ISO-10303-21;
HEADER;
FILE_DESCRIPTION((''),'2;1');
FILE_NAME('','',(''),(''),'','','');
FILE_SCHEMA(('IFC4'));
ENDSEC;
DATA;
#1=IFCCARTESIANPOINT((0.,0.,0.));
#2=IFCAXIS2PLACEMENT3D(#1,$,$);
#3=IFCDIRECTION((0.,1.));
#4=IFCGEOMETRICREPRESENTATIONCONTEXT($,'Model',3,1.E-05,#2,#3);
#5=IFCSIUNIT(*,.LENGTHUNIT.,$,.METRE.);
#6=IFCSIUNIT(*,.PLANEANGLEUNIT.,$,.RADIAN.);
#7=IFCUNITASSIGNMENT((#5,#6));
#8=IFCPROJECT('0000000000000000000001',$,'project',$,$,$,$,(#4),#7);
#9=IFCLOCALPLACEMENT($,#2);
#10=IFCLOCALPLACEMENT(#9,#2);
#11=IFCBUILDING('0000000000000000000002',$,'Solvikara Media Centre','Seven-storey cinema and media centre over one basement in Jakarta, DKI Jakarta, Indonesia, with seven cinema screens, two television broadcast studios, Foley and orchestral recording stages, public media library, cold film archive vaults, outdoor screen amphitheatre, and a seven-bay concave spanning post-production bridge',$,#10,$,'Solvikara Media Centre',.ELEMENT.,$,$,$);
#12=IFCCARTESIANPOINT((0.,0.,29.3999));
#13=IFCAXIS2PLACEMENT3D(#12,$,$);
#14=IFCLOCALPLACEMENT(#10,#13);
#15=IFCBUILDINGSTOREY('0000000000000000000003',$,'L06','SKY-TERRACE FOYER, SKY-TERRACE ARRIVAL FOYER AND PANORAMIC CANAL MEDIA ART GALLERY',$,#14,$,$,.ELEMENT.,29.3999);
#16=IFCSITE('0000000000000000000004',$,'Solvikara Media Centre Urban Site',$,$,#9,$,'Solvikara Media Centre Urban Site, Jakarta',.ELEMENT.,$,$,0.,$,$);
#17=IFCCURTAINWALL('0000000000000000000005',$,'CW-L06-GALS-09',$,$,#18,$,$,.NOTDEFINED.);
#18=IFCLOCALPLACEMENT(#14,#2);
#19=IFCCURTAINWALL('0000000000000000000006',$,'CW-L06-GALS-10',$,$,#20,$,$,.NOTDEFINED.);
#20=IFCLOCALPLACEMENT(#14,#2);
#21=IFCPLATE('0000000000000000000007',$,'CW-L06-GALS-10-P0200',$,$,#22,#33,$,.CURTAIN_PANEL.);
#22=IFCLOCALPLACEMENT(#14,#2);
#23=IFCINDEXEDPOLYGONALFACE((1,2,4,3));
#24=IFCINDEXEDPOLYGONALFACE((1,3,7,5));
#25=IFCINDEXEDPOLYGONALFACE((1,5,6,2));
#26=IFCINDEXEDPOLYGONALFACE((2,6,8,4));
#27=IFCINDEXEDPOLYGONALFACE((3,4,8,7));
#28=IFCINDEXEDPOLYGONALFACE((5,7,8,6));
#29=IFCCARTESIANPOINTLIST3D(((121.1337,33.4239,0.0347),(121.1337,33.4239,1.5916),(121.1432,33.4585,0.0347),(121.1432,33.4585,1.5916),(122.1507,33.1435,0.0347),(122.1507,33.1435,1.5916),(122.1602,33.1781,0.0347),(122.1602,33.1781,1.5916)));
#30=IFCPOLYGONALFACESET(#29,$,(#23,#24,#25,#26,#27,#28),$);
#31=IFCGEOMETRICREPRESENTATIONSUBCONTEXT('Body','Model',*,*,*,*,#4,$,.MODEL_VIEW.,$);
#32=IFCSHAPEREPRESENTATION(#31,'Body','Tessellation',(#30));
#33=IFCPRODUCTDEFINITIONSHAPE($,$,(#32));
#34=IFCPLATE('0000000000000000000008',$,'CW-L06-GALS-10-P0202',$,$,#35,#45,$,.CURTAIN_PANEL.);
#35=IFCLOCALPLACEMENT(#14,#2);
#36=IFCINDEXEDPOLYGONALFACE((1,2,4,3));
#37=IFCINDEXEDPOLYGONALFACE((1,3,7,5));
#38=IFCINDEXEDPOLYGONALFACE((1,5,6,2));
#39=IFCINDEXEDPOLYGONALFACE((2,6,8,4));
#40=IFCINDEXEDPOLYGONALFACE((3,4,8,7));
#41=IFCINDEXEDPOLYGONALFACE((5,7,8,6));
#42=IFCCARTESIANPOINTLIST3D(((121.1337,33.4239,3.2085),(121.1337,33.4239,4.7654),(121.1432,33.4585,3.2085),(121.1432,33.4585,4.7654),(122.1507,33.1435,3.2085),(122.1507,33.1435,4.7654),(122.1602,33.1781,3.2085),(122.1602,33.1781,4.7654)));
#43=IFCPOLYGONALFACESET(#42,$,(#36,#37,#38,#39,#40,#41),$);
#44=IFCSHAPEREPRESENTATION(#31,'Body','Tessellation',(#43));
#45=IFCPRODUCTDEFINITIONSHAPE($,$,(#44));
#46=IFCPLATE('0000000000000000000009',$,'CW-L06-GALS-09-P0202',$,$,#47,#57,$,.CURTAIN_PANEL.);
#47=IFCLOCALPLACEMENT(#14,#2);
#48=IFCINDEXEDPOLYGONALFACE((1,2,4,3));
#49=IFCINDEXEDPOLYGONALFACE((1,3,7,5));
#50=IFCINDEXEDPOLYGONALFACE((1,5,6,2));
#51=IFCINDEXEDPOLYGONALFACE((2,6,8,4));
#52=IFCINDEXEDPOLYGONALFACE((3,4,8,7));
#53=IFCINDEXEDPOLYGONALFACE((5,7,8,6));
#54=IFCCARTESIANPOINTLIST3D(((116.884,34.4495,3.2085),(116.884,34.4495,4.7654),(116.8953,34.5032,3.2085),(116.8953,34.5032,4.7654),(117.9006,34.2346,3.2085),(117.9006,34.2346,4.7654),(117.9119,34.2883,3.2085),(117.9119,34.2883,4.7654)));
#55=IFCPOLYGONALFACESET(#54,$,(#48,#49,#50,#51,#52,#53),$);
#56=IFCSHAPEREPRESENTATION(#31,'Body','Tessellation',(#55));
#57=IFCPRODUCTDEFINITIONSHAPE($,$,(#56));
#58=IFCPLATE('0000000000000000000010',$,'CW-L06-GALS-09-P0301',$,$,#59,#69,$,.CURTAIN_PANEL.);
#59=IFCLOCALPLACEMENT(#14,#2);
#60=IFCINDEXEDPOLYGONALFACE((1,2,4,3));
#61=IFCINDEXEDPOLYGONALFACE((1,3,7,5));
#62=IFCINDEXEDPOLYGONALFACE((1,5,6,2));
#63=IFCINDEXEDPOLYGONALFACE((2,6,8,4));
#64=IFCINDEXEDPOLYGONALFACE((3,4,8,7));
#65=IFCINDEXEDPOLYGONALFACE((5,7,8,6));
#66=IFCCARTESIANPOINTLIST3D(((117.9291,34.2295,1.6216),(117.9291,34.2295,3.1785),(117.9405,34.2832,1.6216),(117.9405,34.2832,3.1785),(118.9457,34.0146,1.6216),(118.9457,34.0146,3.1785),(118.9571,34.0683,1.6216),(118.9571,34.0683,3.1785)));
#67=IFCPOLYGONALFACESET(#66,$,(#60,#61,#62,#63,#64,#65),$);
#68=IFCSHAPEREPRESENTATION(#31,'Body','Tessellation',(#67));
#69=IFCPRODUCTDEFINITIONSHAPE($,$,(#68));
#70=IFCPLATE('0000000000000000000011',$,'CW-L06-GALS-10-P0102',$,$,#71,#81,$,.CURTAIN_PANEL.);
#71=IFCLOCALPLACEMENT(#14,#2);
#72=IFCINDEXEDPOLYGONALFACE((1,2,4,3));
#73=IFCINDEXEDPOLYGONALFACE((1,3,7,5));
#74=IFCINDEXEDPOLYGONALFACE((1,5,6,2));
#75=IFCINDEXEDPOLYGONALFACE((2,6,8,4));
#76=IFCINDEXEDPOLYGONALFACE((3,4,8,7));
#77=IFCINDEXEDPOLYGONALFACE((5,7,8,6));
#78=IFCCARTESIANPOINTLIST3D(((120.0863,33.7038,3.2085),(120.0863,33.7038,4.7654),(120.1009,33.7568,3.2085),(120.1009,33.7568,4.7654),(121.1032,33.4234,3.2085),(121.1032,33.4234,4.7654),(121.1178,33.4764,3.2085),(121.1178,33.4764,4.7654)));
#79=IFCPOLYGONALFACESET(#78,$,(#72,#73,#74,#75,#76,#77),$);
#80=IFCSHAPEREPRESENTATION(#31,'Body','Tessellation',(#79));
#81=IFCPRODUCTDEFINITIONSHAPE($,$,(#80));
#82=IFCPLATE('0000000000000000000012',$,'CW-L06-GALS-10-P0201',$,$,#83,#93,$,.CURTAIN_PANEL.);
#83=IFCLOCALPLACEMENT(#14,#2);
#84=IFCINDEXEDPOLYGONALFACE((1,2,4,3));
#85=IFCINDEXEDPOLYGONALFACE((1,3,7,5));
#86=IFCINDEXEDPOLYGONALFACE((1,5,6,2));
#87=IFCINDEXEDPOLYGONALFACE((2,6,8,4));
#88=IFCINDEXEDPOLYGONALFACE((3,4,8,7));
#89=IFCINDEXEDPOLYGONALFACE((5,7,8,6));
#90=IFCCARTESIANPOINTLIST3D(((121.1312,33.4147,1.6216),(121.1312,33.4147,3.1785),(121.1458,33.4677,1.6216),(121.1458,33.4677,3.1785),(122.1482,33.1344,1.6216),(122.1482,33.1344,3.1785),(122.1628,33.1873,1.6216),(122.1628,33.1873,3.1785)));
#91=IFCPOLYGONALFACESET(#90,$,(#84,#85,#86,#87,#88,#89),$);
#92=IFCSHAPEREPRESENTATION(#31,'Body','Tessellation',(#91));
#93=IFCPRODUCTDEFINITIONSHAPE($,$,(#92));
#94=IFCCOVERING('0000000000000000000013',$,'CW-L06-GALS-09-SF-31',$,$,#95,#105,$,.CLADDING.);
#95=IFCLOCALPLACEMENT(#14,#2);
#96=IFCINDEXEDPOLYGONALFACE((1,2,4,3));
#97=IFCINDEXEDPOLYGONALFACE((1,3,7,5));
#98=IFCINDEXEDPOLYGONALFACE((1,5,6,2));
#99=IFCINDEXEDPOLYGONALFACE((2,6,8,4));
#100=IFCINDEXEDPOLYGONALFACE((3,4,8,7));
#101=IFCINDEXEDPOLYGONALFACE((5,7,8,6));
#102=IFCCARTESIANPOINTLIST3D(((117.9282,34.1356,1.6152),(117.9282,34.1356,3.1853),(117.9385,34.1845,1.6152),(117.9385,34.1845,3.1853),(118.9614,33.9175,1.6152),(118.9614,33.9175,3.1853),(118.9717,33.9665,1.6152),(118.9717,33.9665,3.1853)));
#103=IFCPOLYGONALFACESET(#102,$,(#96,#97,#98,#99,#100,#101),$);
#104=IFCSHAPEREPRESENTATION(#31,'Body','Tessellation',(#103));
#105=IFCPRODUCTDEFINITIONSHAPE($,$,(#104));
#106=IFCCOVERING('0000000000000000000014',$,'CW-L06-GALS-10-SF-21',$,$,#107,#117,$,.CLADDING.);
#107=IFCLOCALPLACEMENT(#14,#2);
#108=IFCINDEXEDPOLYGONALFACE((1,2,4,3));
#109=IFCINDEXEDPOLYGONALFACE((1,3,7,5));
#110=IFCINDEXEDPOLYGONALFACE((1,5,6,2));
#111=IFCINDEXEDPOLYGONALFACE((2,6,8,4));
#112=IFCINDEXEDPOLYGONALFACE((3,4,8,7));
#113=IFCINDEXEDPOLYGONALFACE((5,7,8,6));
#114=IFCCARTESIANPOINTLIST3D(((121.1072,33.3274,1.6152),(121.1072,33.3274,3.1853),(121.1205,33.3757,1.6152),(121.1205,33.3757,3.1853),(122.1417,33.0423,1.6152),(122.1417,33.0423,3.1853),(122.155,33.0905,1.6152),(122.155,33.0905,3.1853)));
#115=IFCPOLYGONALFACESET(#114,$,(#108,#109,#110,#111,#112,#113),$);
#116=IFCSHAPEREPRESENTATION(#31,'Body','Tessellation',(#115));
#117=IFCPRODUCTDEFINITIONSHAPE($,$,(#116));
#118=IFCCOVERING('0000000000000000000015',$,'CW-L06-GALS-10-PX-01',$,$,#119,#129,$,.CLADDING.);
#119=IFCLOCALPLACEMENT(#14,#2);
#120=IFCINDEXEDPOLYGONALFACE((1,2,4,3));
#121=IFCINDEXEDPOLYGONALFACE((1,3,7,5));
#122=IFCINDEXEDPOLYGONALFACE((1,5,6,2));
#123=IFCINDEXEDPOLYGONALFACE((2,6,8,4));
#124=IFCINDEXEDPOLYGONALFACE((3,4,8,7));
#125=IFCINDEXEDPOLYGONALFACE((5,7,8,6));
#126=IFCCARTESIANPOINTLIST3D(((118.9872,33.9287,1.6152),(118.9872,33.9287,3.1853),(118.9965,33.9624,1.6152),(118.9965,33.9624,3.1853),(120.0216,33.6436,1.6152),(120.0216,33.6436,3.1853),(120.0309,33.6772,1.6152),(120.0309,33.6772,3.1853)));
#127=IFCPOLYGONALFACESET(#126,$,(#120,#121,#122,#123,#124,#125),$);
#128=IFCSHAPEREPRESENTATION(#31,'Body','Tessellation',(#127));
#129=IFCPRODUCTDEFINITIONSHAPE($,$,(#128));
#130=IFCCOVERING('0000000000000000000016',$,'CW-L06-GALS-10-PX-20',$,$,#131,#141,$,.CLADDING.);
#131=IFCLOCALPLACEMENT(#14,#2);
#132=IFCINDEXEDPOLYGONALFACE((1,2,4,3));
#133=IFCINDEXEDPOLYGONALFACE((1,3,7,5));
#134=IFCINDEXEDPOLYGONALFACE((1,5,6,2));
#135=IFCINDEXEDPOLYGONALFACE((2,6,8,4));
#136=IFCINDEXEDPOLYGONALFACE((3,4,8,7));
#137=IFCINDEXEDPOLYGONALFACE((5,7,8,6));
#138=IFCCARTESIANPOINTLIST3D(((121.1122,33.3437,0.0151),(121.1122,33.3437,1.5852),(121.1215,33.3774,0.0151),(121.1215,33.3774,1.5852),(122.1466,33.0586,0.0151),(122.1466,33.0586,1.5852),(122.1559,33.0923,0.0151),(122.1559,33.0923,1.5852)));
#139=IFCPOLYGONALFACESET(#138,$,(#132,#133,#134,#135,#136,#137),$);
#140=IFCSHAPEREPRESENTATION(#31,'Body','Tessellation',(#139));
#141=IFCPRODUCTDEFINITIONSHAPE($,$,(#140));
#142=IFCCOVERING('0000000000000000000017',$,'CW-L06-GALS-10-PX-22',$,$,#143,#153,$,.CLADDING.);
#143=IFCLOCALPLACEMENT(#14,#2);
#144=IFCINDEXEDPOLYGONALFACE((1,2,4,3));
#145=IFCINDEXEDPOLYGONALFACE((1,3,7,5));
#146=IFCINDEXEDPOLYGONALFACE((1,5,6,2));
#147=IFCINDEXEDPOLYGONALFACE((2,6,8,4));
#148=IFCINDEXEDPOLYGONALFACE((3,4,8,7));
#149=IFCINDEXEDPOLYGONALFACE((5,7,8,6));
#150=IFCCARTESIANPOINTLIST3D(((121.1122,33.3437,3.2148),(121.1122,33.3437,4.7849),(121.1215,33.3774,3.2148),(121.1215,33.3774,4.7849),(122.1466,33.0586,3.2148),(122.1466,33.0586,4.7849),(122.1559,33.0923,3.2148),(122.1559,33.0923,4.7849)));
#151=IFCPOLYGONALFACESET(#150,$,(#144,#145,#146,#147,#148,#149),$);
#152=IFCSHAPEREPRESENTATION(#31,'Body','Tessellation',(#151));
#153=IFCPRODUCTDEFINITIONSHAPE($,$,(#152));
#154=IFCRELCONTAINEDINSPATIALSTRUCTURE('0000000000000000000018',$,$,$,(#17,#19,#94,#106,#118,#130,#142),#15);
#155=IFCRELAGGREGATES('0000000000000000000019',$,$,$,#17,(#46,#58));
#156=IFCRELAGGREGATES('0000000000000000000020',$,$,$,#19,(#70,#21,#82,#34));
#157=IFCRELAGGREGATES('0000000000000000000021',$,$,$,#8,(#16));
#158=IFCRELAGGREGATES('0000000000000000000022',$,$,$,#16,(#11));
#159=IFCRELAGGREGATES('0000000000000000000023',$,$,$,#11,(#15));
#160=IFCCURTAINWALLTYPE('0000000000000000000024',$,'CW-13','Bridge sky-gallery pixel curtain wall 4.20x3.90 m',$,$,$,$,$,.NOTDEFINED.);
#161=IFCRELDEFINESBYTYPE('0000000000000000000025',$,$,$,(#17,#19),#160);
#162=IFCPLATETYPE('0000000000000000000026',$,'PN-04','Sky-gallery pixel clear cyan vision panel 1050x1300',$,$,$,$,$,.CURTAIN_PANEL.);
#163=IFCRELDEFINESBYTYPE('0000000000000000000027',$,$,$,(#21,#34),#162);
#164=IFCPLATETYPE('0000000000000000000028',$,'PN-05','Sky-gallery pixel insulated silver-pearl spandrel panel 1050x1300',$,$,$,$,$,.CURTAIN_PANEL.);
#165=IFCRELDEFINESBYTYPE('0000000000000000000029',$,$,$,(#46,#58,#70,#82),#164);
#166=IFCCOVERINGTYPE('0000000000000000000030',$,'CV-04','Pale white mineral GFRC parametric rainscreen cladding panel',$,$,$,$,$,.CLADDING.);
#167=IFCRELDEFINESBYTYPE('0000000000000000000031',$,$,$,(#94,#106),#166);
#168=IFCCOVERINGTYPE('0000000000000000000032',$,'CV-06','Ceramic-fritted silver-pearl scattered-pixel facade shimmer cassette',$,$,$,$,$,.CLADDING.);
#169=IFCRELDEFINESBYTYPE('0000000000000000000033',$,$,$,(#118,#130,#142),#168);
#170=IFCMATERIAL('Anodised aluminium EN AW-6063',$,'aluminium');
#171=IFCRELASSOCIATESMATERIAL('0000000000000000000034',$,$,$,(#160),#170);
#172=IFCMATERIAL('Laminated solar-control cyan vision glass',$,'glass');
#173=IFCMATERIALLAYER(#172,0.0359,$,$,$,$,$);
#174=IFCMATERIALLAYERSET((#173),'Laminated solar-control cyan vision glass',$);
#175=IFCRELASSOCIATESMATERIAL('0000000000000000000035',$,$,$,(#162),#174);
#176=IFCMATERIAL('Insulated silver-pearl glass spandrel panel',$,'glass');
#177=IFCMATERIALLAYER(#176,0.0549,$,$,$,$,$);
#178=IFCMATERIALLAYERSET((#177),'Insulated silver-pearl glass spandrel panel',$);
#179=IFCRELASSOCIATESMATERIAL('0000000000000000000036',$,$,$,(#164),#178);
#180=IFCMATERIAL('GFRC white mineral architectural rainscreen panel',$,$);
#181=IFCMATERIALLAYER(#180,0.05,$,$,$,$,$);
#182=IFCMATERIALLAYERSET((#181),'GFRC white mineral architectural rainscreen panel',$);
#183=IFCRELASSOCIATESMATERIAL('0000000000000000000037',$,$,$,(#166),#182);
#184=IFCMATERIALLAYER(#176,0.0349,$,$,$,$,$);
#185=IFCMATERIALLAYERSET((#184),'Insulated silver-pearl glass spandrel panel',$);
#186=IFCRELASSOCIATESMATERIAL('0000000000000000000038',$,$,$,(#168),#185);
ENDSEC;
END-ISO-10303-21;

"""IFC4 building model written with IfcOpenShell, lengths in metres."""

from ifc_helpers import new_model, si_unit, direction, frame, origin, origin_2d, place, context, subcontext, project, spatial, rectangle, extrude, material, layer, layer_set, type_object, element, aggregate, save


model = new_model("IFC4")

# Units and contexts
model_context = context("Model", 3, precision=1e-05, world=origin(), true_north=direction((0.0, 1.0)))
body_context = subcontext(model_context, "Body", "Model", "MODEL_VIEW")
ifc_project = project(units=[si_unit("LENGTHUNIT", "METRE"), si_unit("PLANEANGLEUNIT", "RADIAN")], contexts=[model_context])

# Site, building, storey
site_placement = place(None, origin())
site = spatial("IfcSite", under=ifc_project, at=site_placement, Name="Solvikara Media Centre Urban Site", LongName="Solvikara Media Centre Urban Site, Jakarta", CompositionType="ELEMENT", RefElevation=0.0)
building_placement = place(site_placement, origin())
building = spatial("IfcBuilding", under=site, at=building_placement, Name="Solvikara Media Centre", Description="Seven-storey cinema and media centre over one basement in Jakarta, DKI Jakarta, Indonesia, with seven cinema screens, two television broadcast studios, Foley and orchestral recording stages, public media library, cold film archive vaults, outdoor screen amphitheatre, and a seven-bay concave spanning post-production bridge", LongName="Solvikara Media Centre", CompositionType="ELEMENT")
storey_placement = place(building_placement, frame((0.0, 0.0, 29.3999)))
storey = spatial("IfcBuildingStorey", under=building, at=storey_placement, Name="L06", Description="SKY-TERRACE FOYER, SKY-TERRACE ARRIVAL FOYER AND PANORAMIC CANAL MEDIA ART GALLERY", CompositionType="ELEMENT", Elevation=29.3999)

# Curtain walls
ifc_material_1 = material(Name="Anodised aluminium EN AW-6063", Category="aluminium")
curtain_wall_type = type_object("IfcCurtainWallType", Name="CW-13", Description="Bridge sky-gallery pixel curtain wall 4.20x3.90 m", PredefinedType="NOTDEFINED", material=ifc_material_1)
curtain_wall_1_placement = place(storey_placement, origin())
curtain_wall_1 = element("IfcCurtainWall", 1, at=curtain_wall_1_placement, inside=storey, type_object=curtain_wall_type, Name="CW-L06-GALS-09", PredefinedType="NOTDEFINED")
curtain_wall_2_placement = place(storey_placement, origin())
curtain_wall_2 = element("IfcCurtainWall", 2, at=curtain_wall_2_placement, inside=storey, type_object=curtain_wall_type, Name="CW-L06-GALS-10", PredefinedType="NOTDEFINED")

# Plates
ifc_material_2 = material(Name="Laminated solar-control cyan vision glass", Category="glass")
ifc_layer_1 = layer(ifc_material_2, 0.0359)
ifc_layer_set_1 = layer_set([ifc_layer_1], Name="Laminated solar-control cyan vision glass")
plate_type_1 = type_object("IfcPlateType", Name="PN-04", Description="Sky-gallery pixel clear cyan vision panel 1050x1300", PredefinedType="CURTAIN_PANEL", material=ifc_layer_set_1)
plate_1_placement = place(storey_placement, frame((121.647, 33.301, 0.0347), z_axis=(0.0, 0.0, 1.0), x_axis=(0.96403, -0.265792, 0.0)))
plate_1 = element("IfcPlate", 3, at=plate_1_placement, type_object=plate_type_1, Name="CW-L06-GALS-10-P0200", PredefinedType="CURTAIN_PANEL", context=body_context, shape_type="SweptSolid", body=[
    extrude(rectangle(XDim=1.0549, YDim=0.0359, at=origin_2d()), origin(), (0.0, 0.0, 1.0), 1.5569),
])
plate_2_placement = place(storey_placement, frame((121.647, 33.301, 3.2085), z_axis=(0.0, 0.0, 1.0), x_axis=(0.96403, -0.265792, 0.0)))
plate_2 = element("IfcPlate", 4, at=plate_2_placement, type_object=plate_type_1, Name="CW-L06-GALS-10-P0202", PredefinedType="CURTAIN_PANEL", context=body_context, shape_type="SweptSolid", body=[
    extrude(rectangle(XDim=1.0549, YDim=0.0359, at=origin_2d()), origin(), (0.0, 0.0, 1.0), 1.5569),
])
ifc_material_3 = material(Name="Insulated silver-pearl glass spandrel panel", Category="glass")
ifc_layer_2 = layer(ifc_material_3, 0.0549)
ifc_layer_set_2 = layer_set([ifc_layer_2], Name="Insulated silver-pearl glass spandrel panel")
plate_type_2 = type_object("IfcPlateType", Name="PN-05", Description="Sky-gallery pixel insulated silver-pearl spandrel panel 1050x1300", PredefinedType="CURTAIN_PANEL", material=ifc_layer_set_2)
plate_3_placement = place(storey_placement, frame((117.3979, 34.3689, 3.2085), z_axis=(0.0, 0.0, 1.0), x_axis=(0.978379, -0.206819, 0.0)))
plate_3 = element("IfcPlate", 5, at=plate_3_placement, type_object=plate_type_2, Name="CW-L06-GALS-09-P0202", PredefinedType="CURTAIN_PANEL", context=body_context, shape_type="SweptSolid", body=[
    extrude(rectangle(XDim=1.0391, YDim=0.0549, at=origin_2d()), origin(), (0.0, 0.0, 1.0), 1.5569),
])
plate_4_placement = place(storey_placement, frame((118.4431, 34.1489, 1.6216), z_axis=(0.0, 0.0, 1.0), x_axis=(0.978379, -0.206819, 0.0)))
plate_4 = element("IfcPlate", 6, at=plate_4_placement, type_object=plate_type_2, Name="CW-L06-GALS-09-P0301", PredefinedType="CURTAIN_PANEL", context=body_context, shape_type="SweptSolid", body=[
    extrude(rectangle(XDim=1.0391, YDim=0.0549, at=origin_2d()), origin(), (0.0, 0.0, 1.0), 1.5569),
])
aggregate(curtain_wall_1, [plate_3, plate_4])
plate_5_placement = place(storey_placement, frame((120.6021, 33.5901, 3.2085), z_axis=(0.0, 0.0, 1.0), x_axis=(0.96403, -0.265792, 0.0)))
plate_5 = element("IfcPlate", 7, at=plate_5_placement, type_object=plate_type_2, Name="CW-L06-GALS-10-P0102", PredefinedType="CURTAIN_PANEL", context=body_context, shape_type="SweptSolid", body=[
    extrude(rectangle(XDim=1.0549, YDim=0.0549, at=origin_2d()), origin(), (0.0, 0.0, 1.0), 1.5569),
])
plate_6_placement = place(storey_placement, frame((121.647, 33.301, 1.6216), z_axis=(0.0, 0.0, 1.0), x_axis=(0.96403, -0.265792, 0.0)))
plate_6 = element("IfcPlate", 8, at=plate_6_placement, type_object=plate_type_2, Name="CW-L06-GALS-10-P0201", PredefinedType="CURTAIN_PANEL", context=body_context, shape_type="SweptSolid", body=[
    extrude(rectangle(XDim=1.0549, YDim=0.0549, at=origin_2d()), origin(), (0.0, 0.0, 1.0), 1.5569),
])
aggregate(curtain_wall_2, [plate_5, plate_1, plate_6, plate_2])

# Coverings
ifc_material_4 = material(Name="GFRC white mineral architectural rainscreen panel")
ifc_layer_3 = layer(ifc_material_4, 0.05)
ifc_layer_set_3 = layer_set([ifc_layer_3], Name="GFRC white mineral architectural rainscreen panel")
covering_type_1 = type_object("IfcCoveringType", Name="CV-04", Description="Pale white mineral GFRC parametric rainscreen cladding panel", PredefinedType="CLADDING", material=ifc_layer_set_3)
covering_1_placement = place(storey_placement, frame((118.45, 34.051, 1.6152), z_axis=(0.0, 0.0, 1.0), x_axis=(0.978448, -0.206495, 0.0)))
element("IfcCovering", 9, at=covering_1_placement, inside=storey, type_object=covering_type_1, Name="CW-L06-GALS-09-SF-31", PredefinedType="CLADDING", context=body_context, shape_type="SweptSolid", body=[
    extrude(rectangle(XDim=1.0559, YDim=0.05, at=origin_2d()), origin(), (0.0, 0.0, 1.0), 1.5701),
])
covering_2_placement = place(storey_placement, frame((121.6311, 33.209, 1.6152), z_axis=(0.0, 0.0, 1.0), x_axis=(0.964049, -0.265724, 0.0)))
element("IfcCovering", 10, at=covering_2_placement, inside=storey, type_object=covering_type_1, Name="CW-L06-GALS-10-SF-21", PredefinedType="CLADDING", context=body_context, shape_type="SweptSolid", body=[
    extrude(rectangle(XDim=1.073, YDim=0.05, at=origin_2d()), origin(), (0.0, 0.0, 1.0), 1.5701),
])
ifc_layer_4 = layer(ifc_material_3, 0.0349)
ifc_layer_set_4 = layer_set([ifc_layer_4], Name="Insulated silver-pearl glass spandrel panel")
covering_type_2 = type_object("IfcCoveringType", Name="CV-06", Description="Ceramic-fritted silver-pearl scattered-pixel facade shimmer cassette", PredefinedType="CLADDING", material=ifc_layer_set_4)
for number, where, z_axis, x_axis, name in (
    (11, (119.509, 33.803, 1.6152), (0.0, 0.0, 1.0), (0.964049, -0.265724, 0.0), "CW-L06-GALS-10-PX-01"),
    (12, (121.634, 33.218, 0.0151), (0.0, 0.0, 1.0), (0.964049, -0.265724, 0.0), "CW-L06-GALS-10-PX-20"),
    (13, (121.634, 33.218, 3.2148), (0.0, 0.0, 1.0), (0.964049, -0.265724, 0.0), "CW-L06-GALS-10-PX-22"),
):
    element("IfcCovering", number, at=place(storey_placement, frame(where, z_axis=z_axis, x_axis=x_axis)), inside=storey, type_object=covering_type_2, Name=name, PredefinedType="CLADDING", context=body_context, shape_type="SweptSolid", body=[
        extrude(rectangle(XDim=1.073, YDim=0.0349, at=origin_2d()), origin(), (0.0, 0.0, 1.0), 1.5701),
    ])

save(model, "model.ifc")
